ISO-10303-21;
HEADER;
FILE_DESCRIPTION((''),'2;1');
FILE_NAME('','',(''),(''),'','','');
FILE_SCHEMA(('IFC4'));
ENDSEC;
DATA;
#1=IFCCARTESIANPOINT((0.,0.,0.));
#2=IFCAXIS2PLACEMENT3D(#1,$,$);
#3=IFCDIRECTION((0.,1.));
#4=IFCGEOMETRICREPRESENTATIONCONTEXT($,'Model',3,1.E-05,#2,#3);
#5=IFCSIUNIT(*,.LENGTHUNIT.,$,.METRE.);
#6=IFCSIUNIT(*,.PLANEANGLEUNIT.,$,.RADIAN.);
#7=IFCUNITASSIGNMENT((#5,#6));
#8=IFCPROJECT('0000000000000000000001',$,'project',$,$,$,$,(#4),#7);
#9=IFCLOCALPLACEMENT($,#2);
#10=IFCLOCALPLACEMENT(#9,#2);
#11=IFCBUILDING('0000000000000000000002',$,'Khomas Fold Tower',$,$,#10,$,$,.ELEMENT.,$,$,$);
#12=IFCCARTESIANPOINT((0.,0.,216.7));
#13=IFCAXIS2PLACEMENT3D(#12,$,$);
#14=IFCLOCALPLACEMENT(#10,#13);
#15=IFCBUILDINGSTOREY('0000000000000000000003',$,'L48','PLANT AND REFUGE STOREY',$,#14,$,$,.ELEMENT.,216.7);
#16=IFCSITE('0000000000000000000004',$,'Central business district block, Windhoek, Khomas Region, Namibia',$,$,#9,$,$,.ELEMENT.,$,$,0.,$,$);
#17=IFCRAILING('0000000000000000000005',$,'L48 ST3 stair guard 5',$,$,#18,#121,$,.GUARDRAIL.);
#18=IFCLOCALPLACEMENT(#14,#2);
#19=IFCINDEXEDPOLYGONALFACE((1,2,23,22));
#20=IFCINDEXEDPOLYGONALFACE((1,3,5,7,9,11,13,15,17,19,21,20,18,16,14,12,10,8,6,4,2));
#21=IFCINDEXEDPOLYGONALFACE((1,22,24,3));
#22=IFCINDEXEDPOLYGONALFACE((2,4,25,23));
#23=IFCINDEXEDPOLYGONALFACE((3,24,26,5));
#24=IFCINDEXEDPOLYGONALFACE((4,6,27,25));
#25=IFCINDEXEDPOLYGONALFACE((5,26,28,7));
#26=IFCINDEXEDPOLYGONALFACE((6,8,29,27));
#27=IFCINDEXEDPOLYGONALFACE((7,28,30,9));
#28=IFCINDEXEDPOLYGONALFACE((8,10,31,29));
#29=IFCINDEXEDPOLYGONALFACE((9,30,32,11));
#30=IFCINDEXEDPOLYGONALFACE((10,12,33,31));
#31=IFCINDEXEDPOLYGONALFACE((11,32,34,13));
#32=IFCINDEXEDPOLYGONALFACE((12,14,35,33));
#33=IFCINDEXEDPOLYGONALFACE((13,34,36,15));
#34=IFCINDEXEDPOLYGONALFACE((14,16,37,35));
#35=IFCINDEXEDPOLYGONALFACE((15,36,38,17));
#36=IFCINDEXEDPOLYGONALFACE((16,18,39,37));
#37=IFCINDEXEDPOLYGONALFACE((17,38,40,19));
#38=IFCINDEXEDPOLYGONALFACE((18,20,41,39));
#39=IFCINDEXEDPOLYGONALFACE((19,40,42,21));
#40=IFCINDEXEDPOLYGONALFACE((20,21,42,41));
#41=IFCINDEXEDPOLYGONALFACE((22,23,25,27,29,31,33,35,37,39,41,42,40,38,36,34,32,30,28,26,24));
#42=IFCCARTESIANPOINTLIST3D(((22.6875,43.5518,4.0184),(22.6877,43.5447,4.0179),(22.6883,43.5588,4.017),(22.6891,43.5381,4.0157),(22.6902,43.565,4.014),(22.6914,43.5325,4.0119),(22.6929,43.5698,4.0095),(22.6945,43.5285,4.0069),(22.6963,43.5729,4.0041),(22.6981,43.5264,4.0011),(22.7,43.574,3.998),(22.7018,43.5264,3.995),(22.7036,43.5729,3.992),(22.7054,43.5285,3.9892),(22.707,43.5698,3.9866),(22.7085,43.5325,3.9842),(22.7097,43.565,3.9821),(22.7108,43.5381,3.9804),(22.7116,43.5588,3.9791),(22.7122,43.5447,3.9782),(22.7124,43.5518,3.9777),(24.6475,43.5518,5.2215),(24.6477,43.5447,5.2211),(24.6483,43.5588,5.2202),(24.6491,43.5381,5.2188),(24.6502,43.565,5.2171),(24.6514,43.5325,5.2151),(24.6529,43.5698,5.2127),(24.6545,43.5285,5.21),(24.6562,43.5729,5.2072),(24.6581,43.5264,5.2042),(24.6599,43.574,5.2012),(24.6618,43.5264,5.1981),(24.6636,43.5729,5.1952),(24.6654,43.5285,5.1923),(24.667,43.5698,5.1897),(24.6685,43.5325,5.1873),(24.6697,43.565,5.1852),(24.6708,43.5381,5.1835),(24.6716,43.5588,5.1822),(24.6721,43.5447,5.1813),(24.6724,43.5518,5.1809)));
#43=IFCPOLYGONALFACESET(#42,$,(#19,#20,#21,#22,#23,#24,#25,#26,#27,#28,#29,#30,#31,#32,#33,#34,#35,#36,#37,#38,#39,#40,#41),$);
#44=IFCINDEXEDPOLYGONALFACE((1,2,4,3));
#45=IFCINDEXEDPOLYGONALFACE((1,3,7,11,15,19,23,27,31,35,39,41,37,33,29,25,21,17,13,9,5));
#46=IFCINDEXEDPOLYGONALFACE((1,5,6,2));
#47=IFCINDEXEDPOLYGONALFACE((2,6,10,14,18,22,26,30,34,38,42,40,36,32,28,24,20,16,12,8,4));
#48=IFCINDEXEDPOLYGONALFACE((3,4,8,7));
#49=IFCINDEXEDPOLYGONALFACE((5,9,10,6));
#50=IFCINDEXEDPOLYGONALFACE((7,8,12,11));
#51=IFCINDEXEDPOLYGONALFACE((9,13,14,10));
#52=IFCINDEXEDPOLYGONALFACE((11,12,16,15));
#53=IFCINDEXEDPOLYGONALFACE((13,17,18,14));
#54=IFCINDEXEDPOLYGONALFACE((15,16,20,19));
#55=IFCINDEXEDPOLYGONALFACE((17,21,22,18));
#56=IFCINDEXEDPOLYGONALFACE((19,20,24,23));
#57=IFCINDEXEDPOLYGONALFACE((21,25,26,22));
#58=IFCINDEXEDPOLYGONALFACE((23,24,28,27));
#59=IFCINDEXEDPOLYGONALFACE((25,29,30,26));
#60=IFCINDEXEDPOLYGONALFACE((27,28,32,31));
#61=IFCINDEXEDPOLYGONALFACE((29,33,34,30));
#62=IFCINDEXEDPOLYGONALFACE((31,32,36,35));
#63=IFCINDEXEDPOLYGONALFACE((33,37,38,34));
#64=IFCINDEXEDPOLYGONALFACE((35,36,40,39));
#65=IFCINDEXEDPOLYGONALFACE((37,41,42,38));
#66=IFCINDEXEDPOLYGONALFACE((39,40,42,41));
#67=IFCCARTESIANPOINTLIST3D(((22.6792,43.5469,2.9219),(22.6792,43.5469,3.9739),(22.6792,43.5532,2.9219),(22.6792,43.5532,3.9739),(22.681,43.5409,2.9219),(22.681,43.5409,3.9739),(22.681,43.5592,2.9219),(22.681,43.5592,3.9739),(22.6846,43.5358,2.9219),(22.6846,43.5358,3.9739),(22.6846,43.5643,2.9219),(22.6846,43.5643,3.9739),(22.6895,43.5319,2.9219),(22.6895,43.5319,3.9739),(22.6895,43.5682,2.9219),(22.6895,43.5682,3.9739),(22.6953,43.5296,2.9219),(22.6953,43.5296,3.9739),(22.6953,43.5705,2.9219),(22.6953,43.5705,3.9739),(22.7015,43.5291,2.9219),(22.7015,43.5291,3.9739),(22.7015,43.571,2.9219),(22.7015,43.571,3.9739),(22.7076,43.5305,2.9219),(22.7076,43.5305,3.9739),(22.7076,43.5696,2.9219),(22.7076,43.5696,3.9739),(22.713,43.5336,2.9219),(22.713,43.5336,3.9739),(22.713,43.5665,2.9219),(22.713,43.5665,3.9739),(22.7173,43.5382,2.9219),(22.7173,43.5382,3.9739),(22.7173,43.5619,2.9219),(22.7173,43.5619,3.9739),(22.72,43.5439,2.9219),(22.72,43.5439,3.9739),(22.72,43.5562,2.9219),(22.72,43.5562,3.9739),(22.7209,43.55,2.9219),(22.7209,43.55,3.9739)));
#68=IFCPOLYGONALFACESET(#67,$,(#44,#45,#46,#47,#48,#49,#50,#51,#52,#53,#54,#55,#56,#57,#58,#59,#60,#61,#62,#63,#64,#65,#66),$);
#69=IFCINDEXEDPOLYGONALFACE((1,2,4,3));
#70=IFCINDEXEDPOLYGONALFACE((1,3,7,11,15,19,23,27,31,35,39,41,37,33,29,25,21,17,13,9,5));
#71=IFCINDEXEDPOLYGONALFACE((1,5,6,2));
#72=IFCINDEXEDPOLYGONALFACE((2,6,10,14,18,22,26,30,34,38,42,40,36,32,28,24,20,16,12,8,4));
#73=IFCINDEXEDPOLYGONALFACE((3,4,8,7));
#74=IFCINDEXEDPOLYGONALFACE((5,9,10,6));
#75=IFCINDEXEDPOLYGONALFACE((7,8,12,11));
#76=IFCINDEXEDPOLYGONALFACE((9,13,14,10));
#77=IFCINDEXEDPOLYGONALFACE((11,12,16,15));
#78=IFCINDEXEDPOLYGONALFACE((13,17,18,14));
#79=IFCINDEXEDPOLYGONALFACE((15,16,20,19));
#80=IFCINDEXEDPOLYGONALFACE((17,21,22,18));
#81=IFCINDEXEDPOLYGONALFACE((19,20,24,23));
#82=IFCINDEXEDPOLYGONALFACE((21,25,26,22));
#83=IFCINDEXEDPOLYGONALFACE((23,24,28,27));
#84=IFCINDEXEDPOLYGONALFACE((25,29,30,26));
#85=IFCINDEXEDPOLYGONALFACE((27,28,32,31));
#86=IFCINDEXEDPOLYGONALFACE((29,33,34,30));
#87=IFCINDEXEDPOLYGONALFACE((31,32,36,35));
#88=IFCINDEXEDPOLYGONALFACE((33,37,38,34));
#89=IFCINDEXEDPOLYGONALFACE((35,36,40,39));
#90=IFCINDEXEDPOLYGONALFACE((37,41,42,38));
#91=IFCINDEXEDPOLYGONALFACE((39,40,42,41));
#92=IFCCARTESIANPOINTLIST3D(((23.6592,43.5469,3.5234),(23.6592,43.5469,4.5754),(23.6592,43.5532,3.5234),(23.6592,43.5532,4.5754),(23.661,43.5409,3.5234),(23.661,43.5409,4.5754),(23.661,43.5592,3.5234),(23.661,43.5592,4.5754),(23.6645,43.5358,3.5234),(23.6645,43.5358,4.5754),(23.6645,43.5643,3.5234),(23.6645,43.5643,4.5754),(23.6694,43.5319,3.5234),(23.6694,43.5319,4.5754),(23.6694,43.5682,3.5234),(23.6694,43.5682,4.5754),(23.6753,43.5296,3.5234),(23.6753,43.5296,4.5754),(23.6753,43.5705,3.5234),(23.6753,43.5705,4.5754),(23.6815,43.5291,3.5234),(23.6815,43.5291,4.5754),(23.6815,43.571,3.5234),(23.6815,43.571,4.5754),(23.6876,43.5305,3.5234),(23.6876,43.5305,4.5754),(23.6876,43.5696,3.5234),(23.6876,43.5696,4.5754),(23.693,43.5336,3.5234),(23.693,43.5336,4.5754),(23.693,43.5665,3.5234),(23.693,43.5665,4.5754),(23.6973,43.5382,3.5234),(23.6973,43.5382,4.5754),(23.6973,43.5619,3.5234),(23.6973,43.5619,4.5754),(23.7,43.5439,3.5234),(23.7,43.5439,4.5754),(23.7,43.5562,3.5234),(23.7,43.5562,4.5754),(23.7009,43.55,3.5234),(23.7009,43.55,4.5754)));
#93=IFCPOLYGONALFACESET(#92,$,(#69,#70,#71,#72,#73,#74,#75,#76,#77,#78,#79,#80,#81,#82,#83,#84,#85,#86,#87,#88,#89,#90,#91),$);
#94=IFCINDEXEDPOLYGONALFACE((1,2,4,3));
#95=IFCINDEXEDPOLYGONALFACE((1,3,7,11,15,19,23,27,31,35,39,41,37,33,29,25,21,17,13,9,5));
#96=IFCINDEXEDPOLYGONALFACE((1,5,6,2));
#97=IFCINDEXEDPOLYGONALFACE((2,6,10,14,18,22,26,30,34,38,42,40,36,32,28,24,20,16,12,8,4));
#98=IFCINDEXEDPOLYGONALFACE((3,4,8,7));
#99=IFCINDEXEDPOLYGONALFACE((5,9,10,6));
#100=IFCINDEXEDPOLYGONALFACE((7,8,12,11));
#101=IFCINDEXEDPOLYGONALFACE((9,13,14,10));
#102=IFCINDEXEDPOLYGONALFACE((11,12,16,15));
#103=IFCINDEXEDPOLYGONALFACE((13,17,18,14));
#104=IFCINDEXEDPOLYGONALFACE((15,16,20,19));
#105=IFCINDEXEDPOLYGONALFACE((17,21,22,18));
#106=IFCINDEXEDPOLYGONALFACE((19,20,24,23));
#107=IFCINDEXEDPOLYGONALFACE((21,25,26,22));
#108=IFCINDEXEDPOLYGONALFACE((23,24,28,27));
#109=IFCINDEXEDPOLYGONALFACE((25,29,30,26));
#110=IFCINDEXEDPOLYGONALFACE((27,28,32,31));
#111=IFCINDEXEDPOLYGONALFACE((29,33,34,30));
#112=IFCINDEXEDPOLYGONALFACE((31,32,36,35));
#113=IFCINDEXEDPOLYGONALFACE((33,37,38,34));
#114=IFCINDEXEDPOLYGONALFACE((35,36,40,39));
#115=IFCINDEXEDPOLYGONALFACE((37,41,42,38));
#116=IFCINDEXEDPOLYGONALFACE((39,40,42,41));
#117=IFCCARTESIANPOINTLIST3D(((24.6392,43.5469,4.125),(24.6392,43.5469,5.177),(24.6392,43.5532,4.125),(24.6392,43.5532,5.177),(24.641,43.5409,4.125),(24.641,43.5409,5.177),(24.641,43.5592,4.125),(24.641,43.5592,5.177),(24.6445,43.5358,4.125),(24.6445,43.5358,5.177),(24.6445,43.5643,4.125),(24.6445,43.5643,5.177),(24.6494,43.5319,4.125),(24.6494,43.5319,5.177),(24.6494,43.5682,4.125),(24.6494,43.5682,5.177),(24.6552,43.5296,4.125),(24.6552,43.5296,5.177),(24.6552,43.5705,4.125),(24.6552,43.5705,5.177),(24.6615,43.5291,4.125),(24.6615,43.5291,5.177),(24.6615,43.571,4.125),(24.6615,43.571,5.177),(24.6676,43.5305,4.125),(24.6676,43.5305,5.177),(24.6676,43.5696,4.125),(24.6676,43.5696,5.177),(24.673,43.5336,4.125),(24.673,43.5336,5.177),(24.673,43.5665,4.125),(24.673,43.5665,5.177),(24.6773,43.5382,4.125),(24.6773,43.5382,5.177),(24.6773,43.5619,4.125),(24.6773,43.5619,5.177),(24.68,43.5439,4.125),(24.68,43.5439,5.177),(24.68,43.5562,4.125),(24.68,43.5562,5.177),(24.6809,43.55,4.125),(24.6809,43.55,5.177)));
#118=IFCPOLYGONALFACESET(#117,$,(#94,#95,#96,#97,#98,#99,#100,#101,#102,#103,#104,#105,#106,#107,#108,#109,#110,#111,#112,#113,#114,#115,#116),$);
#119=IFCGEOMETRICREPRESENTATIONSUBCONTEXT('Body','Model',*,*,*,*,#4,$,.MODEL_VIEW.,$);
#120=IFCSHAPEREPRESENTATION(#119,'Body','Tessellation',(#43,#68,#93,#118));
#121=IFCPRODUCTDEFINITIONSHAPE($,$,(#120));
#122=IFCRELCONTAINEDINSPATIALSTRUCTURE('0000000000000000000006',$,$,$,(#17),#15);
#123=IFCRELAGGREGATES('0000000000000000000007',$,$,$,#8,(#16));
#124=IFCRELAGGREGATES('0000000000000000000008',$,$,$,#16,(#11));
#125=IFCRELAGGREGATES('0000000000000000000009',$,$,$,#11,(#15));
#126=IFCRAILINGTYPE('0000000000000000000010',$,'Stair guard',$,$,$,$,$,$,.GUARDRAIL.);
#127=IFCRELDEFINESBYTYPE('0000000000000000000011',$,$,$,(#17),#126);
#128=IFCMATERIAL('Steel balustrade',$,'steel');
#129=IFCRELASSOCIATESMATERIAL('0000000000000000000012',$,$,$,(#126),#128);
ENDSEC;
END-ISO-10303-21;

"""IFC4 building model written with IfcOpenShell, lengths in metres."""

from ifc_helpers import new_model, si_unit, direction, frame, origin, origin_2d, place, context, subcontext, project, spatial, circle, extrude, source, transform, mapped, material, type_object, element, save


model = new_model("IFC4")

# Units and contexts
model_context = context("Model", 3, precision=1e-05, world=origin(), true_north=direction((0.0, 1.0)))
body_context = subcontext(model_context, "Body", "Model", "MODEL_VIEW")
ifc_project = project(units=[si_unit("LENGTHUNIT", "METRE"), si_unit("PLANEANGLEUNIT", "RADIAN")], contexts=[model_context])

# Site, building, storey
site_placement = place(None, origin())
site = spatial("IfcSite", under=ifc_project, at=site_placement, Name="Central business district block, Windhoek, Khomas Region, Namibia", CompositionType="ELEMENT", RefElevation=0.0)
building_placement = place(site_placement, origin())
building = spatial("IfcBuilding", under=site, at=building_placement, Name="Khomas Fold Tower", CompositionType="ELEMENT")
storey_placement = place(building_placement, frame((0.0, 0.0, 216.7)))
storey = spatial("IfcBuildingStorey", under=building, at=storey_placement, Name="L48", Description="PLANT AND REFUGE STOREY", CompositionType="ELEMENT", Elevation=216.7)

# Railing
ifc_material_1 = material(Name="Steel balustrade", Category="steel")
railing_type_1 = type_object("IfcRailingType", Name="Stair guard", PredefinedType="GUARDRAIL", material=ifc_material_1)
shared_shape_1 = source(origin(), body_context, "Body", "SweptSolid", [
    extrude(circle(Radius=0.0239, at=origin_2d()), frame((0.0, 0.0, 1.0762), z_axis=(0.852241, 0.0, 0.523149), x_axis=(0.0, 1.0, 0.0)), (0.0, 0.0, 1.0), 2.2998),
    extrude(circle(Radius=0.021, at=origin_2d()), origin(), (0.0, 0.0, 1.0), 1.052),
    extrude(circle(Radius=0.021, at=origin_2d()), frame((0.98, 0.0, 0.6016)), (0.0, 0.0, 1.0), 1.052),
    extrude(circle(Radius=0.021, at=origin_2d()), frame((1.96, 0.0, 1.2031)), (0.0, 0.0, 1.0), 1.052),
])
for number, where, name in (
    (1, (22.7, 43.55, 2.9219), "L48 ST3 stair guard 5"),
):
    element("IfcRailing", number, at=place(storey_placement, frame(where)), inside=storey, type_object=railing_type_1, Name=name, PredefinedType="GUARDRAIL", context=body_context, shape_type="MappedRepresentation", body=[
        mapped(shared_shape_1, transform((0.0, 0.0, 0.0))),
    ])

save(model, "model.ifc")
